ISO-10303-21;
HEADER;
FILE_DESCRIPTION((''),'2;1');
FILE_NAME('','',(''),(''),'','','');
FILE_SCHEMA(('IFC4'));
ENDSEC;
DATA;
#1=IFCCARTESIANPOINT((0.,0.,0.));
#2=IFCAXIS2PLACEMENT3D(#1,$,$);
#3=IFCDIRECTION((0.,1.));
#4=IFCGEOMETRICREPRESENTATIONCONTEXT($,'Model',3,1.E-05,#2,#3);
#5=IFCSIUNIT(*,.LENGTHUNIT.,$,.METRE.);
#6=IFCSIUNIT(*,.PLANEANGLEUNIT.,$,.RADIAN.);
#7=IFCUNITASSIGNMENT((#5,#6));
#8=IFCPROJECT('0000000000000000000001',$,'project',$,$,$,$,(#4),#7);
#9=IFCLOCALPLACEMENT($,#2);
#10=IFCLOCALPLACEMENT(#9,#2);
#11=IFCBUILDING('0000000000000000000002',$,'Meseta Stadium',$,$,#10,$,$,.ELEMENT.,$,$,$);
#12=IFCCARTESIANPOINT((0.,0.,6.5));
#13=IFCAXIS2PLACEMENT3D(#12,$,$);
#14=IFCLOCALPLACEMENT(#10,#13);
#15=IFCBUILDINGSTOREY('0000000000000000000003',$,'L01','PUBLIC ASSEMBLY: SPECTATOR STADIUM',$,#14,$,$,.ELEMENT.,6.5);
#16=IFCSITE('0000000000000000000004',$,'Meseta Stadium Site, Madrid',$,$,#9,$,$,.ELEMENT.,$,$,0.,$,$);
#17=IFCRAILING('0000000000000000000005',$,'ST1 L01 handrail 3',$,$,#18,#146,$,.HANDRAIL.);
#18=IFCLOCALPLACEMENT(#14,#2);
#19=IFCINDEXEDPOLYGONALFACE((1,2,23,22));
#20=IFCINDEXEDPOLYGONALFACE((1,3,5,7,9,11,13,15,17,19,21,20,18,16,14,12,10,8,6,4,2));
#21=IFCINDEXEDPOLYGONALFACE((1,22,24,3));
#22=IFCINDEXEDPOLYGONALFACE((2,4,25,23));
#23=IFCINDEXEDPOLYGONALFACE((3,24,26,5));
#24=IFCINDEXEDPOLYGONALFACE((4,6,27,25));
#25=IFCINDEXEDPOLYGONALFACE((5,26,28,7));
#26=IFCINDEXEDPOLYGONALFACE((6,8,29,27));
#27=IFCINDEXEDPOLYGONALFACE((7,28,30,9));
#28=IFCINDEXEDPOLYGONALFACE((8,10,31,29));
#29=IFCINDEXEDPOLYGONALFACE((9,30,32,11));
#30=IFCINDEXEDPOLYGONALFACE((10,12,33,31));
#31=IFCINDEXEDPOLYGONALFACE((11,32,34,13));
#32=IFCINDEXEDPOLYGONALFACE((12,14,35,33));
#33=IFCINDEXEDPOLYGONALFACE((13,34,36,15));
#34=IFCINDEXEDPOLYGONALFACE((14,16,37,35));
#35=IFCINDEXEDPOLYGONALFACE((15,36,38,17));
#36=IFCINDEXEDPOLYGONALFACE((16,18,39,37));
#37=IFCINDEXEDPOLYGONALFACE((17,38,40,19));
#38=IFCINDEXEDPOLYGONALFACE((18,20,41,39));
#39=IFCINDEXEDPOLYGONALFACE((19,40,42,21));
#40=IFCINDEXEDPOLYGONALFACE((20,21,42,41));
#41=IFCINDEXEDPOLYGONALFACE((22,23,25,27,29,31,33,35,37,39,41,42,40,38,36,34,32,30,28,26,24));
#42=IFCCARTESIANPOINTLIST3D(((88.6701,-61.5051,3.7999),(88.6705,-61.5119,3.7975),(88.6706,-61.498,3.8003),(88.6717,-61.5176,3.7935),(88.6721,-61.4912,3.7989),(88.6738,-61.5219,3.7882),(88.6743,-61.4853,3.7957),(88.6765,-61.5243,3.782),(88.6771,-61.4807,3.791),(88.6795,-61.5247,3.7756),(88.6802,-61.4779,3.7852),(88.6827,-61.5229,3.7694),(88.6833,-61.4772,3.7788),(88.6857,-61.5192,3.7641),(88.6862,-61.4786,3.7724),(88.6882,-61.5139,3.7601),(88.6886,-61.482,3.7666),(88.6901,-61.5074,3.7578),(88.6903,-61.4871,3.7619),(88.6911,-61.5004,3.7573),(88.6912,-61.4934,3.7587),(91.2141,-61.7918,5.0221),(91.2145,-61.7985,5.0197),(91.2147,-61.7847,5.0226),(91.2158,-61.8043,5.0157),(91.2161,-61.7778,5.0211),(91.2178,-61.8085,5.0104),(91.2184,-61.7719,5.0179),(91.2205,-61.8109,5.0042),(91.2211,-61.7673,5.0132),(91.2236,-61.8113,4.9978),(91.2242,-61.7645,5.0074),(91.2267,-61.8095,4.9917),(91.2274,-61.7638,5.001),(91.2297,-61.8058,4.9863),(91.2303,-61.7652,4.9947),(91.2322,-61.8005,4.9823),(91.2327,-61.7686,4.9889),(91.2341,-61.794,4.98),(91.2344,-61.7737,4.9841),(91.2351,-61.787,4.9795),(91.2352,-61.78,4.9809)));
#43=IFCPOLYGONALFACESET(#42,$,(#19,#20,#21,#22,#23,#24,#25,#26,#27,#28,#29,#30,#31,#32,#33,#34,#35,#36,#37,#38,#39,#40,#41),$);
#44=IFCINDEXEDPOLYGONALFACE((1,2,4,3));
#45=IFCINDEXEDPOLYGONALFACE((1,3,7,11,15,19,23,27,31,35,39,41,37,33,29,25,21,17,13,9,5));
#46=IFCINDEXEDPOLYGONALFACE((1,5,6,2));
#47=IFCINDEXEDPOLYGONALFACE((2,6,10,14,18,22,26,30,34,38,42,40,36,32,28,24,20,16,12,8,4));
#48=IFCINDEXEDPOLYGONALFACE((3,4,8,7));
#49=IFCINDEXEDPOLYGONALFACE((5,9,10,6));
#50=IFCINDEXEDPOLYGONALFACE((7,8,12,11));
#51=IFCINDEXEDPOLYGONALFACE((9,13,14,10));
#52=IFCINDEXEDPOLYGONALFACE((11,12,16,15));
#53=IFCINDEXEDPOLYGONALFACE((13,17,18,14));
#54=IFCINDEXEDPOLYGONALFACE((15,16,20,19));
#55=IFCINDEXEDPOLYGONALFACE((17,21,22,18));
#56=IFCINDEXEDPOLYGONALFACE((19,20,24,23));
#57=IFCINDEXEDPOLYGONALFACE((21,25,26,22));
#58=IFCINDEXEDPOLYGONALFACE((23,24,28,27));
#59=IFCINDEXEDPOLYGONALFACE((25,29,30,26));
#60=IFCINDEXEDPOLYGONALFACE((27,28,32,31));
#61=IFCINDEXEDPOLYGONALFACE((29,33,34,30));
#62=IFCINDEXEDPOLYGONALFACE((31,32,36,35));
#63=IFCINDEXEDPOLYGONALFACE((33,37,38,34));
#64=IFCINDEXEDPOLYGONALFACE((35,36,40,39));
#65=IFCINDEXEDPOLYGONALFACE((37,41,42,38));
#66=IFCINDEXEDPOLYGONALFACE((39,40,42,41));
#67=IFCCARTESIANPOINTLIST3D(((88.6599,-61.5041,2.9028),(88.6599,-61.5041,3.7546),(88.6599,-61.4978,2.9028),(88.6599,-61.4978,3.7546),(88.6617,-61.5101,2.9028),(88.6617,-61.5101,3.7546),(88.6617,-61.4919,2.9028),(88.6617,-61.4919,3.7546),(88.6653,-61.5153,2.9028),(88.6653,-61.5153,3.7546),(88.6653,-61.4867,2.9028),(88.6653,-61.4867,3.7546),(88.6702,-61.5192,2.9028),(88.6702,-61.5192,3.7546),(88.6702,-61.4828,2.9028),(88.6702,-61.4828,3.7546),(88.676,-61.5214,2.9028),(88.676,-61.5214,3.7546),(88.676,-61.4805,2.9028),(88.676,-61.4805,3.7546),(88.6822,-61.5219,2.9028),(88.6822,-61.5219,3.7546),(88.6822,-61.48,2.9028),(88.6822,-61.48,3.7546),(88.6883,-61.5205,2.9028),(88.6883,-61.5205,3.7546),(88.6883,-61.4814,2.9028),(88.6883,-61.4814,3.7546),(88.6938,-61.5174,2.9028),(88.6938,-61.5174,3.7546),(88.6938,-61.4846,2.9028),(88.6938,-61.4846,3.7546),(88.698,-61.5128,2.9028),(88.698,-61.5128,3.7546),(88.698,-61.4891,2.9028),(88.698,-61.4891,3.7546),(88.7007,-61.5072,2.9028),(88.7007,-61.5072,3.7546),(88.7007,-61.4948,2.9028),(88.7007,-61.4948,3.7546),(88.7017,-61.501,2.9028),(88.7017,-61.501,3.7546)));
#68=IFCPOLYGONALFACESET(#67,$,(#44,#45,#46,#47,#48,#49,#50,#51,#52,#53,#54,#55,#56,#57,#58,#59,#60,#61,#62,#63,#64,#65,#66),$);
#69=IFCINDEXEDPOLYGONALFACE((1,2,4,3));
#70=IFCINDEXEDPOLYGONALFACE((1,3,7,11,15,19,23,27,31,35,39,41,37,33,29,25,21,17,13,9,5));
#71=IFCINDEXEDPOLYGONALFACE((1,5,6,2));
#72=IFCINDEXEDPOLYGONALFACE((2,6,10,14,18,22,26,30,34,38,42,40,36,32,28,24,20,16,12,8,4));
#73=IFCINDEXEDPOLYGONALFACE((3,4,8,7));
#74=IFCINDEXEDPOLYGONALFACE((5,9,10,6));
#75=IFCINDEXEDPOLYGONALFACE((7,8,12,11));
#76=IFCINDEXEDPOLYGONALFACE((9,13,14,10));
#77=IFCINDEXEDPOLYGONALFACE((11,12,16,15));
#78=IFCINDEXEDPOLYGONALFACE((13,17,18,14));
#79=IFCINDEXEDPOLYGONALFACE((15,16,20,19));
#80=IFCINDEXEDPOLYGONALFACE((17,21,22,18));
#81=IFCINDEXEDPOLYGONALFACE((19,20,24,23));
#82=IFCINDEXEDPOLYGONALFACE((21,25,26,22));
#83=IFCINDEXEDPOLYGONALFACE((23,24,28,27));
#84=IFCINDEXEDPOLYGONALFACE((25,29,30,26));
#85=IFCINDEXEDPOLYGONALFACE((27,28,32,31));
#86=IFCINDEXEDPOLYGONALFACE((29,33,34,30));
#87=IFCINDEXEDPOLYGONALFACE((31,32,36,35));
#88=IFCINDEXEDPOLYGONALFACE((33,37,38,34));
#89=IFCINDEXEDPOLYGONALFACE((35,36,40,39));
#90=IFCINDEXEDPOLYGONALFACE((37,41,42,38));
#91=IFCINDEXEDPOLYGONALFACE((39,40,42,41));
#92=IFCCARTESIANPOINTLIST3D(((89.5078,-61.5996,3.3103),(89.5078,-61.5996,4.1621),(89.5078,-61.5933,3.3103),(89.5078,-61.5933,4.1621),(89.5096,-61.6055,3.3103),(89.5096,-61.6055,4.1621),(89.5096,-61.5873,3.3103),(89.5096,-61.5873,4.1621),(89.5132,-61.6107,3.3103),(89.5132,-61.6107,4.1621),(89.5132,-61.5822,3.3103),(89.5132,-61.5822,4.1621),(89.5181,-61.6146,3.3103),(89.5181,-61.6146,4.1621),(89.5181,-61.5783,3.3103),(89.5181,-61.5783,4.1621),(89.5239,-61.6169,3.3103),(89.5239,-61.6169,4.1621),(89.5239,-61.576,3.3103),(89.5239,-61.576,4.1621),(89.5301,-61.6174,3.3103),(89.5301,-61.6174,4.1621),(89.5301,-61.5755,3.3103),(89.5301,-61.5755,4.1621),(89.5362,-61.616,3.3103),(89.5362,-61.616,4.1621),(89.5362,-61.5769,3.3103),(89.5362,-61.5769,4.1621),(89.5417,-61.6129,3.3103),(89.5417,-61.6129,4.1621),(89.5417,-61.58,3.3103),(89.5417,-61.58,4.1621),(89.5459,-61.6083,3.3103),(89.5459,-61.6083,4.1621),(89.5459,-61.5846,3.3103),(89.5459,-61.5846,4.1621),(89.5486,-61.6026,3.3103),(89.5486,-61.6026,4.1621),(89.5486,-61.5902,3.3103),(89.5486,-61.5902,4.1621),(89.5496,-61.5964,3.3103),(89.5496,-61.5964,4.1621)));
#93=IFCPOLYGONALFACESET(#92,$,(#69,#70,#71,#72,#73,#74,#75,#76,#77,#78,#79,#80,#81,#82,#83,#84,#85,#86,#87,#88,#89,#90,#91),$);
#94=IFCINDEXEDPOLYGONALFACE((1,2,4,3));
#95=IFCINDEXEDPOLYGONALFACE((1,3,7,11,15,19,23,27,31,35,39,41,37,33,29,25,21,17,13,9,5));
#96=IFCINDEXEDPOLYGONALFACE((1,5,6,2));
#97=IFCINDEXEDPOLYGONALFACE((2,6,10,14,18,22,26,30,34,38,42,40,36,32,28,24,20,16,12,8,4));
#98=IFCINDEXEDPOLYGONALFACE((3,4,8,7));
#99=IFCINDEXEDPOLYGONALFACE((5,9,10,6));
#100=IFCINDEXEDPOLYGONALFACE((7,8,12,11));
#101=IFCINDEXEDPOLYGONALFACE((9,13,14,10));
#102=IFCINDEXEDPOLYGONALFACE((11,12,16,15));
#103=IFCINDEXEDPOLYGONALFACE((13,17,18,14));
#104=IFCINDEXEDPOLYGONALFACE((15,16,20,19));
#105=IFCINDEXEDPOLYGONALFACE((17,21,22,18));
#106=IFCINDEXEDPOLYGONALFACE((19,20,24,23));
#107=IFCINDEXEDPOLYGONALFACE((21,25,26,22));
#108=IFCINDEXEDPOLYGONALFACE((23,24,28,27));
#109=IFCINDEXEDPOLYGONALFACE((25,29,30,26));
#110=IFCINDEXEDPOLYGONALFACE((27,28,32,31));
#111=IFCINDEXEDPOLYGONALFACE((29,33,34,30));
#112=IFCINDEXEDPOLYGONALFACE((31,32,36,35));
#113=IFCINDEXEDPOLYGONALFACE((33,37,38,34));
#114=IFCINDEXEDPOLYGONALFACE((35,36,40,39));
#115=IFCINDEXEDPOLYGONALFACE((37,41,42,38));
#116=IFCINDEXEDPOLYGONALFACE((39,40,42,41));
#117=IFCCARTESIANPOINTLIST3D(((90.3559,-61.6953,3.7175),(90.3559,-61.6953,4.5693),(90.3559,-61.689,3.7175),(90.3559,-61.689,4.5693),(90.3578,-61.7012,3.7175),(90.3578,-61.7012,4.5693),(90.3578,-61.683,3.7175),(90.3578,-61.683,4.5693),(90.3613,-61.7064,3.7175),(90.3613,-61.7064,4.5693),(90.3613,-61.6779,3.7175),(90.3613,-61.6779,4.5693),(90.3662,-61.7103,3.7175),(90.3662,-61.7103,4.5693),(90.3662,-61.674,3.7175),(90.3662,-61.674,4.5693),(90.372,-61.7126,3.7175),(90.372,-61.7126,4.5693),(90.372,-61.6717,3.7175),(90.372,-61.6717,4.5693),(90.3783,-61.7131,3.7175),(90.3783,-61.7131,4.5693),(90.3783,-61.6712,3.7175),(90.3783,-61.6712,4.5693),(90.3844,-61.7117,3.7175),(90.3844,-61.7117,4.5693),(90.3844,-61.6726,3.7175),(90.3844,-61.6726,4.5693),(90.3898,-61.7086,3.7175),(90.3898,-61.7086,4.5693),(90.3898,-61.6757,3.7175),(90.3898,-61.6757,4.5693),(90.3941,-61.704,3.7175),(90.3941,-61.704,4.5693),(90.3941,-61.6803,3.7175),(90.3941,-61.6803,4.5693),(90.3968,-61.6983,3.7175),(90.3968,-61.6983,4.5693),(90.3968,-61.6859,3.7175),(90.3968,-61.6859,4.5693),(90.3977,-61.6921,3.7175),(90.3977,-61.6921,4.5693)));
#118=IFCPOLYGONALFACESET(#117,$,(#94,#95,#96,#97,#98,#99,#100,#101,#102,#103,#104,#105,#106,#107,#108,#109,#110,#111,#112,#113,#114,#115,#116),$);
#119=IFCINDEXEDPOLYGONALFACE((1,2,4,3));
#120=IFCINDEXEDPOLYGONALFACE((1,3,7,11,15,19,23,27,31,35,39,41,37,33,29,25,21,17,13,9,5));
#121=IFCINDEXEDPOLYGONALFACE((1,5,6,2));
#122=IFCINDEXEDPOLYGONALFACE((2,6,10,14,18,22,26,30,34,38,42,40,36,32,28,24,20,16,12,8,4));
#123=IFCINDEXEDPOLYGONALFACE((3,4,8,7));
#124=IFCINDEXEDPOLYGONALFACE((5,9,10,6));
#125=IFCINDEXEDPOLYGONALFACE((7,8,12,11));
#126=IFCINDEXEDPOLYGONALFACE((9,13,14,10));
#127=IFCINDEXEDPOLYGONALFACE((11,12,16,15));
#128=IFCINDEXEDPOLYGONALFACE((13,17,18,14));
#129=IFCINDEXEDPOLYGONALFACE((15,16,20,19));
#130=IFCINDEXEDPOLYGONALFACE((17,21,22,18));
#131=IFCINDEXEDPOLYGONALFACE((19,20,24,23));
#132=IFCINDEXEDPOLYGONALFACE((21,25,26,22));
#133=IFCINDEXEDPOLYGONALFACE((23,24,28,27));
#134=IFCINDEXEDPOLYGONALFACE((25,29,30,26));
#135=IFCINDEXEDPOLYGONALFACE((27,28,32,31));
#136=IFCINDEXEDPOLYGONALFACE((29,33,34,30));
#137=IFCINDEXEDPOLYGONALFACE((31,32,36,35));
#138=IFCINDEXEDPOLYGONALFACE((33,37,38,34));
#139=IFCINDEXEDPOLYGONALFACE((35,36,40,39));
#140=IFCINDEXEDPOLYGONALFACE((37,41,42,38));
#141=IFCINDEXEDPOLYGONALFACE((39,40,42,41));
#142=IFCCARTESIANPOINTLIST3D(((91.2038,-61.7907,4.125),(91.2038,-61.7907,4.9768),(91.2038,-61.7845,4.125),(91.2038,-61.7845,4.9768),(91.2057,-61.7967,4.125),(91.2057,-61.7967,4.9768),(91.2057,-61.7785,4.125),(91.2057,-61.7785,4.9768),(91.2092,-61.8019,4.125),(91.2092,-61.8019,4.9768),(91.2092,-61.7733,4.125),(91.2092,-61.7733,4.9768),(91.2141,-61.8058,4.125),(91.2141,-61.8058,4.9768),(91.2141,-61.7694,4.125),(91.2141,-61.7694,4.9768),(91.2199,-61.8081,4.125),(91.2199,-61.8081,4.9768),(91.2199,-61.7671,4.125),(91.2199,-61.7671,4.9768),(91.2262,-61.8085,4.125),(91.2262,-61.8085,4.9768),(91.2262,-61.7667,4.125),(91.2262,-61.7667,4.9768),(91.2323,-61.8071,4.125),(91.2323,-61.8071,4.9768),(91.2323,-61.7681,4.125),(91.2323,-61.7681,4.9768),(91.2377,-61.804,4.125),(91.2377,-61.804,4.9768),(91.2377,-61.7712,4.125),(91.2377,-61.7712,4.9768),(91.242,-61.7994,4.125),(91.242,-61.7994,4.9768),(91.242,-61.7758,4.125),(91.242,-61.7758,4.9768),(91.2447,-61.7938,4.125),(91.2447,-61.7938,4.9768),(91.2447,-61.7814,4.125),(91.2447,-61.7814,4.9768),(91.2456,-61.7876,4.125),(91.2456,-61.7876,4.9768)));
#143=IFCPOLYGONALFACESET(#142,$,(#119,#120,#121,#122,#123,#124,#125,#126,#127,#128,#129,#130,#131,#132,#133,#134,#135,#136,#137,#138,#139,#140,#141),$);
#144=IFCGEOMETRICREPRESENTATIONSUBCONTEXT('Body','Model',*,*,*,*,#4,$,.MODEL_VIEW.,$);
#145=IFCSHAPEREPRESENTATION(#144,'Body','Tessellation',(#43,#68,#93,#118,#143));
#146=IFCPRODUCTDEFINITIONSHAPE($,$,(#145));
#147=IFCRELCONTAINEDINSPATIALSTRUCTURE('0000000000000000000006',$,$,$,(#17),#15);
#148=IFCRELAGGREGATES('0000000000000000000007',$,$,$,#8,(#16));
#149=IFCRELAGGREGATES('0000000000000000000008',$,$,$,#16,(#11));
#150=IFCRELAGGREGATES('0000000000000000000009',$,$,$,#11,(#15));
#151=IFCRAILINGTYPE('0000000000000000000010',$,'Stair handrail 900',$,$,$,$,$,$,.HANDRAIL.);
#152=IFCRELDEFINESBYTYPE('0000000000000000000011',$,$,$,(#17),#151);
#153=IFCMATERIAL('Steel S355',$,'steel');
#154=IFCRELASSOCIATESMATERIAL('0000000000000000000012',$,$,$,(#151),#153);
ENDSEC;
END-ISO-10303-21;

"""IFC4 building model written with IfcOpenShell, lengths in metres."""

from ifc_helpers import new_model, si_unit, direction, frame, origin, origin_2d, place, context, subcontext, project, spatial, circle, extrude, material, type_object, element, save


model = new_model("IFC4")

# Units and contexts
model_context = context("Model", 3, precision=1e-05, world=origin(), true_north=direction((0.0, 1.0)))
body_context = subcontext(model_context, "Body", "Model", "MODEL_VIEW")
ifc_project = project(units=[si_unit("LENGTHUNIT", "METRE"), si_unit("PLANEANGLEUNIT", "RADIAN")], contexts=[model_context])

# Site, building, storey
site_placement = place(None, origin())
site = spatial("IfcSite", under=ifc_project, at=site_placement, Name="Meseta Stadium Site, Madrid", CompositionType="ELEMENT", RefElevation=0.0)
building_placement = place(site_placement, origin())
building = spatial("IfcBuilding", under=site, at=building_placement, Name="Meseta Stadium", CompositionType="ELEMENT")
storey_placement = place(building_placement, frame((0.0, 0.0, 6.5)))
storey = spatial("IfcBuildingStorey", under=building, at=storey_placement, Name="L01", Description="PUBLIC ASSEMBLY: SPECTATOR STADIUM", CompositionType="ELEMENT", Elevation=6.5)

# Railing
ifc_material_1 = material(Name="Steel S355", Category="steel")
railing_type_1 = type_object("IfcRailingType", Name="Stair handrail 900", PredefinedType="HANDRAIL", material=ifc_material_1)
for number, where, name in (
    (1, (88.6807, -61.501, 2.9028), "ST1 L01 handrail 3"),
):
    element("IfcRailing", number, at=place(storey_placement, frame(where)), inside=storey, type_object=railing_type_1, Name=name, PredefinedType="HANDRAIL", context=body_context, shape_type="SweptSolid", body=[
        extrude(circle(Radius=0.0239, at=origin_2d()), frame((0.0, 0.0, 0.876), z_axis=(0.896762, -0.101036, 0.430824), x_axis=(0.11196, 0.993713, 0.0)), (0.0, 0.0, 1.0), 2.8369),
        extrude(circle(Radius=0.021, at=origin_2d()), origin(), (0.0, 0.0, 1.0), 0.8518),
        extrude(circle(Radius=0.021, at=origin_2d()), frame((0.8479, -0.0955, 0.4075)), (0.0, 0.0, 1.0), 0.8518),
        extrude(circle(Radius=0.021, at=origin_2d()), frame((1.696, -0.1912, 0.8147)), (0.0, 0.0, 1.0), 0.8518),
        extrude(circle(Radius=0.021, at=origin_2d()), frame((2.5439, -0.2866, 1.2222)), (0.0, 0.0, 1.0), 0.8518),
    ])

save(model, "model.ifc")
